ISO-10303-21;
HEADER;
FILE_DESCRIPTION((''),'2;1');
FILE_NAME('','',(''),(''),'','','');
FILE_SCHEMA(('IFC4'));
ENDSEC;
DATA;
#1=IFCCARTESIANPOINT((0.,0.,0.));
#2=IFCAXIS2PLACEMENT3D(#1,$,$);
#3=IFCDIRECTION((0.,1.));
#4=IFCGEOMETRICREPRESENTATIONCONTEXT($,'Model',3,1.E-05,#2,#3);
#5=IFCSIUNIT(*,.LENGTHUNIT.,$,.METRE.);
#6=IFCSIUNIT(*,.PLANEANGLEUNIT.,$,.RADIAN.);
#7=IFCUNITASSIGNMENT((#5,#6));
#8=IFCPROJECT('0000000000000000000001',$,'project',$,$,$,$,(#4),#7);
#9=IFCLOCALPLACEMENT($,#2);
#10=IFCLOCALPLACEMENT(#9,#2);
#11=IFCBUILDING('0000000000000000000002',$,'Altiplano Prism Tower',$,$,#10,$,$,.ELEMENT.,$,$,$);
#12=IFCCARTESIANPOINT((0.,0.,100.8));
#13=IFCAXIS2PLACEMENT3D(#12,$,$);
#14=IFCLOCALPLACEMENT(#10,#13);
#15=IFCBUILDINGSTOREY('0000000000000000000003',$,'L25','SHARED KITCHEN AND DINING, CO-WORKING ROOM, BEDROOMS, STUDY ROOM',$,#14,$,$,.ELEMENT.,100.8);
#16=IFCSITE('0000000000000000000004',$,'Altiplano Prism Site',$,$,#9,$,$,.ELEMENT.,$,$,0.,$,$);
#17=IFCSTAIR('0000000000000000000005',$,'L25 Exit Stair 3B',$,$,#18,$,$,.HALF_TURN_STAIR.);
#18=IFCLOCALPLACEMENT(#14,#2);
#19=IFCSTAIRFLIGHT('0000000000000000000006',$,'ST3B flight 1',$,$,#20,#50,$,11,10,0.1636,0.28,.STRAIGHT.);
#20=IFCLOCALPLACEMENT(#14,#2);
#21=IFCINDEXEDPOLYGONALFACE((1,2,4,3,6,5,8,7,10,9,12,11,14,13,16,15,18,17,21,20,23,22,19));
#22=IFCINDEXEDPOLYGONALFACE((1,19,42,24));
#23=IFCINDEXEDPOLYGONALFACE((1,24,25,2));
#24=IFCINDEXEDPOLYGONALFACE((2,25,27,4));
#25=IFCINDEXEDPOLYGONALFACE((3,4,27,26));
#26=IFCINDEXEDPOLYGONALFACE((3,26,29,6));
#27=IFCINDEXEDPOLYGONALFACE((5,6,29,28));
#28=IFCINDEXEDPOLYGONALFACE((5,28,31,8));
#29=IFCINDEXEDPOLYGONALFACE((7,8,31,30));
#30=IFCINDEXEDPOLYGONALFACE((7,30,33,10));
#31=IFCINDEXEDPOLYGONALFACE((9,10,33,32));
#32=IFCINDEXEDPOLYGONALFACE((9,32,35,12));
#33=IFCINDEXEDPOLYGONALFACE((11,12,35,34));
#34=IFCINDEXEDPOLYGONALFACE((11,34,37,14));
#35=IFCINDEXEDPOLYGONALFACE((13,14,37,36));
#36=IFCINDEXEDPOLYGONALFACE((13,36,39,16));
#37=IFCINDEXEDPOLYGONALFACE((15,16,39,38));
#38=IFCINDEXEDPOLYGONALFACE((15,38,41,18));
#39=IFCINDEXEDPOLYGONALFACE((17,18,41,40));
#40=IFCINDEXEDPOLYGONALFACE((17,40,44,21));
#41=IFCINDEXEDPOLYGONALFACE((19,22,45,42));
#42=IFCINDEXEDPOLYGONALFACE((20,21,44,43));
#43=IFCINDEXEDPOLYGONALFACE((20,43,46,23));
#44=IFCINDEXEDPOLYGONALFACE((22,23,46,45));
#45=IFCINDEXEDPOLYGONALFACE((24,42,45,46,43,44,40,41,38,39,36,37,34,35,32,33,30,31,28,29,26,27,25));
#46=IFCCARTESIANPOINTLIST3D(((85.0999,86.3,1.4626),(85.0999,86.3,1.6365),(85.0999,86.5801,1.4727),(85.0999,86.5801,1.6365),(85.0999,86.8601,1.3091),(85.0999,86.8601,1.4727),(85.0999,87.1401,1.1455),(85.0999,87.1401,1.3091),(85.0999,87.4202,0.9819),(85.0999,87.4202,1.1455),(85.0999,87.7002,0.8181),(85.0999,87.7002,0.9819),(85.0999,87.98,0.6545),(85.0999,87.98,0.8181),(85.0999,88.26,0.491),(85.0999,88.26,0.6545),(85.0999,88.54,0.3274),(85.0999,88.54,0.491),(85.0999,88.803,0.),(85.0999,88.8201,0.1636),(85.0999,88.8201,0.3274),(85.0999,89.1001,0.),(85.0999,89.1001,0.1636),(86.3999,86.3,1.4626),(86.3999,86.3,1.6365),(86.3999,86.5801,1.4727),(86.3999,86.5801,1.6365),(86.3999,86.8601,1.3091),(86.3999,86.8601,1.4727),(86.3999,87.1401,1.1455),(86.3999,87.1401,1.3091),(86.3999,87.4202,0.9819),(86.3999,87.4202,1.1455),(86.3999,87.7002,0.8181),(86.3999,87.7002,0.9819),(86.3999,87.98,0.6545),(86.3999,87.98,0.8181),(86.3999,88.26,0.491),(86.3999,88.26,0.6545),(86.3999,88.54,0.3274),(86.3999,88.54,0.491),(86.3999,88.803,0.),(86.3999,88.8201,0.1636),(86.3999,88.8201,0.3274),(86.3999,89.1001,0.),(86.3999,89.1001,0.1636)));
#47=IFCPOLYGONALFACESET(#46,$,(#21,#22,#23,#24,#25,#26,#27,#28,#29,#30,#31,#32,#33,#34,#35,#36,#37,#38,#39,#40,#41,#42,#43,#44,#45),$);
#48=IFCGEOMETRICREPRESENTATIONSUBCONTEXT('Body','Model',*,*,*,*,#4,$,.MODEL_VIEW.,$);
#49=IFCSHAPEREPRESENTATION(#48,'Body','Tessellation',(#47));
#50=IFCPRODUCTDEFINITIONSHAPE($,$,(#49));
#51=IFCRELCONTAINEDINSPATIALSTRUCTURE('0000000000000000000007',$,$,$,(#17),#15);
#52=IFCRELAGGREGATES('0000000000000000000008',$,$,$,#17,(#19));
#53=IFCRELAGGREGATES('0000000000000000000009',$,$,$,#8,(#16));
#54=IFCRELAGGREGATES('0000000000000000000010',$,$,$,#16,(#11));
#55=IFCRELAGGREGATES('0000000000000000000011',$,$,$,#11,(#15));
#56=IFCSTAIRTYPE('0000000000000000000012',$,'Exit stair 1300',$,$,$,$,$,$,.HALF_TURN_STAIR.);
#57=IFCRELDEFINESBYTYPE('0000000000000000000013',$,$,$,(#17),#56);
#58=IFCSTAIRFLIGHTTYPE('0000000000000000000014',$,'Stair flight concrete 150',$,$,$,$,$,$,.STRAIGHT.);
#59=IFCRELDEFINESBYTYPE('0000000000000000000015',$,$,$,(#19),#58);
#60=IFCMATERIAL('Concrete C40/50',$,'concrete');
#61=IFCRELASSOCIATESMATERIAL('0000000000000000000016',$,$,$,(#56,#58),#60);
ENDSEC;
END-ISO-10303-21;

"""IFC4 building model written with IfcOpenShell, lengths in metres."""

from ifc_helpers import new_model, si_unit, direction, frame, origin, place, context, subcontext, project, spatial, polyline, outline, extrude, material, type_object, element, aggregate, save


model = new_model("IFC4")

# Units and contexts
model_context = context("Model", 3, precision=1e-05, world=origin(), true_north=direction((0.0, 1.0)))
body_context = subcontext(model_context, "Body", "Model", "MODEL_VIEW")
ifc_project = project(units=[si_unit("LENGTHUNIT", "METRE"), si_unit("PLANEANGLEUNIT", "RADIAN")], contexts=[model_context])

# Site, building, storey
site_placement = place(None, origin())
site = spatial("IfcSite", under=ifc_project, at=site_placement, Name="Altiplano Prism Site", CompositionType="ELEMENT", RefElevation=0.0)
building_placement = place(site_placement, origin())
building = spatial("IfcBuilding", under=site, at=building_placement, Name="Altiplano Prism Tower", CompositionType="ELEMENT")
storey_placement = place(building_placement, frame((0.0, 0.0, 100.8)))
storey = spatial("IfcBuildingStorey", under=building, at=storey_placement, Name="L25", Description="SHARED KITCHEN AND DINING, CO-WORKING ROOM, BEDROOMS, STUDY ROOM", CompositionType="ELEMENT", Elevation=100.8)

# Stair, stair flight
ifc_material_1 = material(Name="Concrete C40/50", Category="concrete")
stair_type = type_object("IfcStairType", Name="Exit stair 1300", PredefinedType="HALF_TURN_STAIR", material=ifc_material_1)
stair_flight_type = type_object("IfcStairFlightType", Name="Stair flight concrete 150", PredefinedType="STRAIGHT", material=ifc_material_1)
stair_1_placement = place(storey_placement, origin())
stair_1 = element("IfcStair", 1, at=stair_1_placement, inside=storey, type_object=stair_type, Name="L25 Exit Stair 3B", PredefinedType="HALF_TURN_STAIR")
stair_flight_1_placement = place(storey_placement, frame((85.75, 89.1001, 0.0), z_axis=(0.0, 0.0, 1.0), x_axis=(0.0, -1.0, 0.0)))
stair_flight_1 = element("IfcStairFlight", 2, at=stair_flight_1_placement, type_object=stair_flight_type, Name="ST3B flight 1", NumberOfRisers=11, NumberOfTreads=10, PredefinedType="STRAIGHT", RiserHeight=0.1636, TreadLength=0.28, context=body_context, shape_type="SweptSolid", body=[
    extrude(outline(polyline([(0.0, 0.0), (0.0, 0.1636), (0.28, 0.1636), (0.28, 0.3274), (0.5601, 0.3274), (0.5601, 0.491), (0.8401, 0.491), (0.8401, 0.6545), (1.1201, 0.6545), (1.1201, 0.8181), (1.3999, 0.8181), (1.3999, 0.9819), (1.6799, 0.9819), (1.6799, 1.1455), (1.96, 1.1455), (1.96, 1.3091), (2.24, 1.3091), (2.24, 1.4727), (2.52, 1.4727), (2.52, 1.6365), (2.8, 1.6365), (2.8, 1.8), (2.8, 1.4626), (0.2971, 0.0), (0.0, 0.0)])), frame((0.0, 0.6499, 0.0), z_axis=(0.0, -1.0, 0.0), x_axis=(1.0, 0.0, 0.0)), (0.0, 0.0, 1.0), 1.3),
])
aggregate(stair_1, [stair_flight_1])

save(model, "model.ifc")
